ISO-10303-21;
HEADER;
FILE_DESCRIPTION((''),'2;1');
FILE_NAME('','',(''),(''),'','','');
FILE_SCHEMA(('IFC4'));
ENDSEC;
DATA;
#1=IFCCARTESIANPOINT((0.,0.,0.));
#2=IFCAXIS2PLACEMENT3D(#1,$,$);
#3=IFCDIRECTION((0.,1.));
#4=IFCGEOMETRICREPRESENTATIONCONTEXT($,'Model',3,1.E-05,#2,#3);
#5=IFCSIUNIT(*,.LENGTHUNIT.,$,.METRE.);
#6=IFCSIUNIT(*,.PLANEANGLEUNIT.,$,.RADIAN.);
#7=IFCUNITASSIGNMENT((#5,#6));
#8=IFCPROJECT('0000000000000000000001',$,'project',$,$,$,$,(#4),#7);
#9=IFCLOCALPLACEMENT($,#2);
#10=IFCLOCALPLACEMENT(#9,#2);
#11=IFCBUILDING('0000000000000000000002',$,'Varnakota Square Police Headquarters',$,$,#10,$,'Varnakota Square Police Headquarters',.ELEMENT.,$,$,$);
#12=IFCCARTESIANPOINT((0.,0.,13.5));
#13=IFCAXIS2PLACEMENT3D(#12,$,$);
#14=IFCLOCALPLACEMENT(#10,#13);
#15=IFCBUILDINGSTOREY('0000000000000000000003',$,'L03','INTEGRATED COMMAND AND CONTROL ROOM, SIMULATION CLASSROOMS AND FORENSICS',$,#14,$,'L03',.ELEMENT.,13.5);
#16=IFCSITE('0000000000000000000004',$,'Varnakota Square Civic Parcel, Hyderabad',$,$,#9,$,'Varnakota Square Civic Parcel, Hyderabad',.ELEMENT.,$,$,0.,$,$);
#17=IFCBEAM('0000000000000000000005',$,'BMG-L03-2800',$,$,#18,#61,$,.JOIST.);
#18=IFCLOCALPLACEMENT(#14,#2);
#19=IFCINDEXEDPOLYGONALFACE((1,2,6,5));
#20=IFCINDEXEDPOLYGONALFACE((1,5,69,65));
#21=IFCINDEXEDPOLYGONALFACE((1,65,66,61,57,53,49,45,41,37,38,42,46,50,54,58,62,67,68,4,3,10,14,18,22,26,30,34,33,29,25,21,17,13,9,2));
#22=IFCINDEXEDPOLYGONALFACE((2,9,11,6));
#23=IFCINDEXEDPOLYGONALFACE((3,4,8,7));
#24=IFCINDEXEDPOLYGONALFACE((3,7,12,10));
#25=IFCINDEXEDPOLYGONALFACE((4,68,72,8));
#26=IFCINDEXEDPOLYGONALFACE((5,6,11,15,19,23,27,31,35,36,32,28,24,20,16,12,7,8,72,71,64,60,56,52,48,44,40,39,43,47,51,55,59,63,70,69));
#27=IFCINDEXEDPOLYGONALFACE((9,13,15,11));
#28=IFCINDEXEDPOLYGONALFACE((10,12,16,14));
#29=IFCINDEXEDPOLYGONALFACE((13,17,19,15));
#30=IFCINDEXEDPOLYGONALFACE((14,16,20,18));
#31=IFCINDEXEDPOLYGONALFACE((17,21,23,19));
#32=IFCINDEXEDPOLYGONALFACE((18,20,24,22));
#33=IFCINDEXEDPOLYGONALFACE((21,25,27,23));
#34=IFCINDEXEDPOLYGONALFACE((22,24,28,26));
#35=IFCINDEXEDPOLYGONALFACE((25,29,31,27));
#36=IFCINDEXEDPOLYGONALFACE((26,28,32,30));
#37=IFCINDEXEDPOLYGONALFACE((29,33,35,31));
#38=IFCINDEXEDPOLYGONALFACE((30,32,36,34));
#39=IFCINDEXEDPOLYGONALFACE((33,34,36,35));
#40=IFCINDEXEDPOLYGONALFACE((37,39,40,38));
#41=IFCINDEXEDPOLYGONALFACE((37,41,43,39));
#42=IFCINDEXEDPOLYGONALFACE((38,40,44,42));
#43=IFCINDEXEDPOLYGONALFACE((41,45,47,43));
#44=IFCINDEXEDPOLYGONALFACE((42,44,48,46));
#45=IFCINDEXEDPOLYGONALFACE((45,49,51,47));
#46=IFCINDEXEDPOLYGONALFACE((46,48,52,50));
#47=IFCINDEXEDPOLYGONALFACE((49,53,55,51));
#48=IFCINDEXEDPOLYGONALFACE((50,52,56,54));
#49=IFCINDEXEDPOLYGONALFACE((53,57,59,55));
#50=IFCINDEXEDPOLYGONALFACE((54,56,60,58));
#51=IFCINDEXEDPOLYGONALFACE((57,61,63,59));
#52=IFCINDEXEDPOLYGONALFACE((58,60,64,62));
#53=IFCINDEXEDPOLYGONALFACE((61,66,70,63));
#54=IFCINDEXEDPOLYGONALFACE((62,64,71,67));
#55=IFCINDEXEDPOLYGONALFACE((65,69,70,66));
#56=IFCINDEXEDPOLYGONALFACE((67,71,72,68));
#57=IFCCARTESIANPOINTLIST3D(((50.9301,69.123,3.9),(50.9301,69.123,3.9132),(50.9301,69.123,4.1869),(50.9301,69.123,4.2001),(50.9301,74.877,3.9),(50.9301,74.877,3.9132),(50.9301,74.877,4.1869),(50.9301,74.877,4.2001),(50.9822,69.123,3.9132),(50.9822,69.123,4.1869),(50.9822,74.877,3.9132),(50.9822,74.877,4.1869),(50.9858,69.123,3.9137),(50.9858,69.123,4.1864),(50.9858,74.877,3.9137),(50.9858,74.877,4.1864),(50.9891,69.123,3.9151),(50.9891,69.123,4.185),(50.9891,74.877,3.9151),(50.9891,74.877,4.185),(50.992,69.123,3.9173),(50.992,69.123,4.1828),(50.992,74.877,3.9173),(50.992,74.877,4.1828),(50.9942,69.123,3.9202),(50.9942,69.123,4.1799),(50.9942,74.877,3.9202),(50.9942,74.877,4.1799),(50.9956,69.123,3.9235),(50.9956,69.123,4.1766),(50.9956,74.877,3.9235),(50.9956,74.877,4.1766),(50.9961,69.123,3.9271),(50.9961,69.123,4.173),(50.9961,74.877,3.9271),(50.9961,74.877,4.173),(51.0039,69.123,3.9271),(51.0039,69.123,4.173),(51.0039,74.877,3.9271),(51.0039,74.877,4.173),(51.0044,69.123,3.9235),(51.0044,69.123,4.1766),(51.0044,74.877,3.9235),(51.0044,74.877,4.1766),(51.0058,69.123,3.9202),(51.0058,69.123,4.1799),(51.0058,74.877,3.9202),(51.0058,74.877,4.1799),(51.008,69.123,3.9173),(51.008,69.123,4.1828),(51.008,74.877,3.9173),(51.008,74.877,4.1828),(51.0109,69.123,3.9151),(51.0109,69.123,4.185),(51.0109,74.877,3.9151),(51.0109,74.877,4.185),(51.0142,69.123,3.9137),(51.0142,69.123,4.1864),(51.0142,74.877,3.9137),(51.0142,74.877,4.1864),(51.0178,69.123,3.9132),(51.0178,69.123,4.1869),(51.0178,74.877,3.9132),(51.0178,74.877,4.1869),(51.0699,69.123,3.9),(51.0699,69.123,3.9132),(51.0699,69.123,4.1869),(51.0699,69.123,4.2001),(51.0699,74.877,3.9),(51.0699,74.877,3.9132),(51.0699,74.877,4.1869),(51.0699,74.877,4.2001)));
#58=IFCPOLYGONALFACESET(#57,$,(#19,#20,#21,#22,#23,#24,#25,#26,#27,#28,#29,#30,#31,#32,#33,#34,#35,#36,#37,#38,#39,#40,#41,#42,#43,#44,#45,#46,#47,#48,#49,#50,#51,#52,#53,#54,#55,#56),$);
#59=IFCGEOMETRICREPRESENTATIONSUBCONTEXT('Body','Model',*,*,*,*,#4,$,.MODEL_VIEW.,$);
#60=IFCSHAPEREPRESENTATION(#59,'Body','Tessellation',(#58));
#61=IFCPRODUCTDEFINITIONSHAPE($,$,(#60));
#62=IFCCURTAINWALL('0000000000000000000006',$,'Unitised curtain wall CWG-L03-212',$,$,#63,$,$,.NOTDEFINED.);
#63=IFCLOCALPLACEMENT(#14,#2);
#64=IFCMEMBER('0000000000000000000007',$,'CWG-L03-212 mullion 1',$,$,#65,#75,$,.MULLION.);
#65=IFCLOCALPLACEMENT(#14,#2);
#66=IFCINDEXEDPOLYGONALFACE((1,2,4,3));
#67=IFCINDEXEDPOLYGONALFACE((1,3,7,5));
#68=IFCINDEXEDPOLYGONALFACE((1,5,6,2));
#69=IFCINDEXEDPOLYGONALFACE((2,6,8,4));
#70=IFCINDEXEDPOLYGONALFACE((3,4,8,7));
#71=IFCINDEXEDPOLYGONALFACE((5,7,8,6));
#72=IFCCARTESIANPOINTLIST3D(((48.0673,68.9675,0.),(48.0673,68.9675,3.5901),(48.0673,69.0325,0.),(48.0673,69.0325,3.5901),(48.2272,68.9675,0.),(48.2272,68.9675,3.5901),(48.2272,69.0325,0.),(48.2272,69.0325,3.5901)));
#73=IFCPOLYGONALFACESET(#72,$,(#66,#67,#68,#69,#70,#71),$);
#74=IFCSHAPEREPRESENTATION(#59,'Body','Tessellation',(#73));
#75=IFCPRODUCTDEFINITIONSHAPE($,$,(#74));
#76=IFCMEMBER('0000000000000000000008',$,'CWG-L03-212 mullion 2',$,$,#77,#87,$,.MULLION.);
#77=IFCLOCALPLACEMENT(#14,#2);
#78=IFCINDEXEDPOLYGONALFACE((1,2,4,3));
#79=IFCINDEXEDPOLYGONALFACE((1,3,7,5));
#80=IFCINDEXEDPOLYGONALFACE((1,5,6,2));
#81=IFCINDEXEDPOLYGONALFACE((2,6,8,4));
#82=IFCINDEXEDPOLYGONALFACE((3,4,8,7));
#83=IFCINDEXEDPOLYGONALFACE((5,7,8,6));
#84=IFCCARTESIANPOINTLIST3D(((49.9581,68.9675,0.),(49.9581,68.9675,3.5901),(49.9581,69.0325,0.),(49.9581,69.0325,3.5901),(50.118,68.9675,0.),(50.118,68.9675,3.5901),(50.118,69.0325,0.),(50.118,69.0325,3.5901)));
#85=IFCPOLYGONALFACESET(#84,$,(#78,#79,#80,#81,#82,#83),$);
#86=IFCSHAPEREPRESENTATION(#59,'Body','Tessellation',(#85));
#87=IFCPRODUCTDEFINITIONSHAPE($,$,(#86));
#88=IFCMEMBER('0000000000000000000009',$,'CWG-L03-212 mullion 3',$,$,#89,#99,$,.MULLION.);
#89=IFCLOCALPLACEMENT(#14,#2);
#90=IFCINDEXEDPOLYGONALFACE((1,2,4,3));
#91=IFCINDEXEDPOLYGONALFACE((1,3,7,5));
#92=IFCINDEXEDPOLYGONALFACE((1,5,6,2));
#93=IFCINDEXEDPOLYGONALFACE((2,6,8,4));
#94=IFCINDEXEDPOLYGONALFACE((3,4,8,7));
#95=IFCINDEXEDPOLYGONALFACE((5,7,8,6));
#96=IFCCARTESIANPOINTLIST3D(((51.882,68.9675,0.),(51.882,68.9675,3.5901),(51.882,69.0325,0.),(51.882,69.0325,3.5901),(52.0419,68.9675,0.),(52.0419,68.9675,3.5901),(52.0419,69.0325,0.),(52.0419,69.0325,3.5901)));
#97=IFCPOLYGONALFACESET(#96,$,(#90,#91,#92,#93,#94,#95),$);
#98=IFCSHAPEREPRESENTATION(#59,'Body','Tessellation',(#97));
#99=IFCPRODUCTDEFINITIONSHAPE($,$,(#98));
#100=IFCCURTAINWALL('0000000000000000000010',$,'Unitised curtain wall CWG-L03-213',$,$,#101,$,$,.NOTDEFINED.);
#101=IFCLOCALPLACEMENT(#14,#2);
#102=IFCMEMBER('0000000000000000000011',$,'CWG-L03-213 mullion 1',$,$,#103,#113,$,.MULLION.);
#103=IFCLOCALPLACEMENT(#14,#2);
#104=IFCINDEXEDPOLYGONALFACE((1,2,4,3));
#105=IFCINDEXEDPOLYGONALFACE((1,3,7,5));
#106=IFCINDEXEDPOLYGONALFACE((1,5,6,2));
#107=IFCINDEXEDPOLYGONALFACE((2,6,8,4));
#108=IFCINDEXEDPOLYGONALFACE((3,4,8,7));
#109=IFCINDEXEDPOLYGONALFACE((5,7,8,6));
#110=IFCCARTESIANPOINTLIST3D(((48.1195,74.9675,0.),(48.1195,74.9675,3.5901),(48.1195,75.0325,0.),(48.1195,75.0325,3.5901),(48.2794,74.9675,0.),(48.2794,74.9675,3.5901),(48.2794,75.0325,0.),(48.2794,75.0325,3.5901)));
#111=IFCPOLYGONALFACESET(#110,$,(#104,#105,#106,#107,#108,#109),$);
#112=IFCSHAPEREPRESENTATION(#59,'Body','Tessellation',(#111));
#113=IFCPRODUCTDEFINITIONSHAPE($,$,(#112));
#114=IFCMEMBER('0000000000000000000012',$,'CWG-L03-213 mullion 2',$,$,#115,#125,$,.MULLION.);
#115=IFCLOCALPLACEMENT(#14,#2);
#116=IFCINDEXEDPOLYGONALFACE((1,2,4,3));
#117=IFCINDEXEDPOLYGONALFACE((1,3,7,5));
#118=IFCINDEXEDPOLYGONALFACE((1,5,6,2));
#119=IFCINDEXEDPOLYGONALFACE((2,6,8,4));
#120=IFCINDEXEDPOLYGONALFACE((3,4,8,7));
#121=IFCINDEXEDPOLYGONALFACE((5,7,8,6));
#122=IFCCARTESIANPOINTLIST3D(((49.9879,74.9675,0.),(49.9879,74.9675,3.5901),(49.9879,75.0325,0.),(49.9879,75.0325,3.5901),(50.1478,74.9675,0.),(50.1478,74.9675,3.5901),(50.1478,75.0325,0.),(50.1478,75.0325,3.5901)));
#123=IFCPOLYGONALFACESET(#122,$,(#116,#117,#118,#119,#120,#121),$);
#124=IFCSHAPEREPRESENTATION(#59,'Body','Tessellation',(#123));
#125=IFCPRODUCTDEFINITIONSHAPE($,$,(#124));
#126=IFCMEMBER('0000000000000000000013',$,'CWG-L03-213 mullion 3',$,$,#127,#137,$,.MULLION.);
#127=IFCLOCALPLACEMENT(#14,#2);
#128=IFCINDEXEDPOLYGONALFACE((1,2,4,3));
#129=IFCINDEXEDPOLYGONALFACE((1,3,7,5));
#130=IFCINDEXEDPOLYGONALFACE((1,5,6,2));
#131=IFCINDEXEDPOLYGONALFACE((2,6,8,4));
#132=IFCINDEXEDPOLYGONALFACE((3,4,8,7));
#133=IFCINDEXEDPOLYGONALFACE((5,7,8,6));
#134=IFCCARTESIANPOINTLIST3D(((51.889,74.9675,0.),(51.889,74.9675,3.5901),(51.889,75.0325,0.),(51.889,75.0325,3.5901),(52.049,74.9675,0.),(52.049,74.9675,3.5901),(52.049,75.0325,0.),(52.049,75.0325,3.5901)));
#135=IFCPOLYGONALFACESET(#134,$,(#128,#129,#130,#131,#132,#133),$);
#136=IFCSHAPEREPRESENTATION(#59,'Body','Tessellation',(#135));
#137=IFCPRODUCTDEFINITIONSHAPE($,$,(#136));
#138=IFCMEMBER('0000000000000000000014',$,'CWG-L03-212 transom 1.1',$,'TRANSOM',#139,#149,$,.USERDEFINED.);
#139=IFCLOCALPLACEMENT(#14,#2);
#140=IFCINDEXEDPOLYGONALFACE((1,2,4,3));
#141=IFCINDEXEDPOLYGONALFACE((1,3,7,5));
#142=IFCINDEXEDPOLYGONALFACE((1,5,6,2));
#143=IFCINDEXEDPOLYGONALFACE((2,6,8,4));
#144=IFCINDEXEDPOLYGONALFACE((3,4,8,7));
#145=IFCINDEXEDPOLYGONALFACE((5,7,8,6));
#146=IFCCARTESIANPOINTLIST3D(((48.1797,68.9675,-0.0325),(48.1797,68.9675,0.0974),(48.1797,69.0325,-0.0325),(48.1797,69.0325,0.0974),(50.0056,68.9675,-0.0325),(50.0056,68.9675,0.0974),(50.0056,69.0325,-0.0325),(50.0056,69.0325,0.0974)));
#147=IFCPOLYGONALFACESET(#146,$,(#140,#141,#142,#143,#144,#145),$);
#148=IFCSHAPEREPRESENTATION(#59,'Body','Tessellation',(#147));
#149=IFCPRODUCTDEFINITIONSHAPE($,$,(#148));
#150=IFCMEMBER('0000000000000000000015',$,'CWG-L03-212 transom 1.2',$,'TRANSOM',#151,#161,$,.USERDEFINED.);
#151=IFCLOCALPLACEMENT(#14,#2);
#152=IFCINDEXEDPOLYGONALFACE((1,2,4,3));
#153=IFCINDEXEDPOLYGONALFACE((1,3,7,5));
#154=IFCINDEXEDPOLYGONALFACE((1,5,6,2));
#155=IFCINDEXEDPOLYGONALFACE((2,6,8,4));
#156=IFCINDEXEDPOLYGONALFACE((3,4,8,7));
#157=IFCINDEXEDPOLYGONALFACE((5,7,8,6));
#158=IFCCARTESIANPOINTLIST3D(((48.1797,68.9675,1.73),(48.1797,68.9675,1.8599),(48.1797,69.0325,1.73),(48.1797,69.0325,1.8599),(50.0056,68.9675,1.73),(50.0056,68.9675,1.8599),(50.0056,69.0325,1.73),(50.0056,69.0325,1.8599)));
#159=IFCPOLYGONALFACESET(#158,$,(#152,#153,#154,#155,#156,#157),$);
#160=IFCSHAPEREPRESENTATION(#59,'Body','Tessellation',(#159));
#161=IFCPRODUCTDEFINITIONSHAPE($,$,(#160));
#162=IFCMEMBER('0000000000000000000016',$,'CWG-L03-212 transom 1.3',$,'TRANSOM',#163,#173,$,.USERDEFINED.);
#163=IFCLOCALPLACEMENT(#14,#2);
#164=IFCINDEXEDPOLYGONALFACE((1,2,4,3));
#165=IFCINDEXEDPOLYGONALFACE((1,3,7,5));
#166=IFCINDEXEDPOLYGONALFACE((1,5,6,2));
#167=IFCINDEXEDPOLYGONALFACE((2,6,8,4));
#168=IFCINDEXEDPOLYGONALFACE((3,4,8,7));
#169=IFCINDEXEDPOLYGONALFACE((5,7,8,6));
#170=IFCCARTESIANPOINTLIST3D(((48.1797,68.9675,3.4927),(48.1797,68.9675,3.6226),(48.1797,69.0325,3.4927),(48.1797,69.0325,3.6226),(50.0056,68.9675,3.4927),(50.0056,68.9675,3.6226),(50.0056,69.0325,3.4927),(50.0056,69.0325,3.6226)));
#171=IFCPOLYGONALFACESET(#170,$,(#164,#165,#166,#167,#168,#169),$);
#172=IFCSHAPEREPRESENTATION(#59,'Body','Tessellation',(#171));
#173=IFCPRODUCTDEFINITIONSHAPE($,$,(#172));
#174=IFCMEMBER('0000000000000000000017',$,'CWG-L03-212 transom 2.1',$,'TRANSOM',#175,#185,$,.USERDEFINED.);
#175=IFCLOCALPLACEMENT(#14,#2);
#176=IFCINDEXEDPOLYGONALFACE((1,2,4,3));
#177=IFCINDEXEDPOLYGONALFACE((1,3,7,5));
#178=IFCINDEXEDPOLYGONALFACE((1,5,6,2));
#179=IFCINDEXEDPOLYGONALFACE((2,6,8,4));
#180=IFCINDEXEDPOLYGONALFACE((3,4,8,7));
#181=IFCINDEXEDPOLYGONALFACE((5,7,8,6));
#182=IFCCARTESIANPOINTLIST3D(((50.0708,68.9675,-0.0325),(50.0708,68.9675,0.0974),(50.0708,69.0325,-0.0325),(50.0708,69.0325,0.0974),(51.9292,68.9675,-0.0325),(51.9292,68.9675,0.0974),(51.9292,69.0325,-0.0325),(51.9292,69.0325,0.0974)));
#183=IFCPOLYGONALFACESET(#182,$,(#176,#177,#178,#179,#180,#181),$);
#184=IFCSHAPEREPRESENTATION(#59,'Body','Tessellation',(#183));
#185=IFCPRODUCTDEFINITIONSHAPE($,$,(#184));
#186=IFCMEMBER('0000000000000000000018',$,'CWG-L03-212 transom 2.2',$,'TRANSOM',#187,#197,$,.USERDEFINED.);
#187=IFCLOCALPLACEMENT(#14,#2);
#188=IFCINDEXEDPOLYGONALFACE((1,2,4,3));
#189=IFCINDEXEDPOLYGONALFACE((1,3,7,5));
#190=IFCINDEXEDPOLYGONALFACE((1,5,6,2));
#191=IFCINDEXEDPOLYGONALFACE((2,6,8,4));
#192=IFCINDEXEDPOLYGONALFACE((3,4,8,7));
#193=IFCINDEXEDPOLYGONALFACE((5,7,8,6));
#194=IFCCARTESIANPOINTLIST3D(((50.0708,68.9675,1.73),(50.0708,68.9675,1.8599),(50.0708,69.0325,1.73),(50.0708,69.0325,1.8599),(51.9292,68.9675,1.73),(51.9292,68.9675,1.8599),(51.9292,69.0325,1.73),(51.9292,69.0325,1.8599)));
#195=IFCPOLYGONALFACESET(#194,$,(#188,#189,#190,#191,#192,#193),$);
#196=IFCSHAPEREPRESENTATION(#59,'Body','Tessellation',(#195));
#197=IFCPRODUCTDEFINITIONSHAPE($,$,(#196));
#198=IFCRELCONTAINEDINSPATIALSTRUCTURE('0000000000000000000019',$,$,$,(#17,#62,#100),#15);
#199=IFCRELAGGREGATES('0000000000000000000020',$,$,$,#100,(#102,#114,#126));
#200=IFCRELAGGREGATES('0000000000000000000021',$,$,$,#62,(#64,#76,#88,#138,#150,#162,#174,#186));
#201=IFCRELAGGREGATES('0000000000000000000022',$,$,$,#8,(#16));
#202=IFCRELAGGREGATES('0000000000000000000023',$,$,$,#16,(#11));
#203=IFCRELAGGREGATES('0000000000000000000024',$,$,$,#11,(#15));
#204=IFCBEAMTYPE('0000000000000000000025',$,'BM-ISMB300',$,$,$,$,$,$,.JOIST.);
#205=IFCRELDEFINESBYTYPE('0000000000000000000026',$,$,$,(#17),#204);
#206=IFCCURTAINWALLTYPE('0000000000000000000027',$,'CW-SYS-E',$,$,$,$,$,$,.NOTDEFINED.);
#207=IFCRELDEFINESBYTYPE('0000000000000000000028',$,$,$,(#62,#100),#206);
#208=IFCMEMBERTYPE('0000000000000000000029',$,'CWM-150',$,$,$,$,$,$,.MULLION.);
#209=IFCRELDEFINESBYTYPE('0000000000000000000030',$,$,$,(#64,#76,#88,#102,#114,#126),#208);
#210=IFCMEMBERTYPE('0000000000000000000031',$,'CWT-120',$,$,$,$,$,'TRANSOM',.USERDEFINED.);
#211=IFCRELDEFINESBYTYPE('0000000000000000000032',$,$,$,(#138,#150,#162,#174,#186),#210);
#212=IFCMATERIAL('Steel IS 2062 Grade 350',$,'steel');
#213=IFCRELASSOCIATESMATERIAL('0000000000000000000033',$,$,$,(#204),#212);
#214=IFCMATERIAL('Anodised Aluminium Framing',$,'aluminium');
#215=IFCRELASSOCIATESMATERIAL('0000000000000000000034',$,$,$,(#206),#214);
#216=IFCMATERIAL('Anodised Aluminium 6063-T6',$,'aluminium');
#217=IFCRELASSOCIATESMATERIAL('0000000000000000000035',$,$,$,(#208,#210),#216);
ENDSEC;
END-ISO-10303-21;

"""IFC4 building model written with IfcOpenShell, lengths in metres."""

from ifc_helpers import new_model, si_unit, direction, frame, origin, origin_2d, place, context, subcontext, project, spatial, rectangle, i_section, extrude, material, material_profile, profile_set, type_object, element, aggregate, save


model = new_model("IFC4")

# Units and contexts
model_context = context("Model", 3, precision=1e-05, world=origin(), true_north=direction((0.0, 1.0)))
body_context = subcontext(model_context, "Body", "Model", "MODEL_VIEW")
ifc_project = project(units=[si_unit("LENGTHUNIT", "METRE"), si_unit("PLANEANGLEUNIT", "RADIAN")], contexts=[model_context])

# Site, building, storey
site_placement = place(None, origin())
site = spatial("IfcSite", under=ifc_project, at=site_placement, Name="Varnakota Square Civic Parcel, Hyderabad", LongName="Varnakota Square Civic Parcel, Hyderabad", CompositionType="ELEMENT", RefElevation=0.0)
building_placement = place(site_placement, origin())
building = spatial("IfcBuilding", under=site, at=building_placement, Name="Varnakota Square Police Headquarters", LongName="Varnakota Square Police Headquarters", CompositionType="ELEMENT")
storey_placement = place(building_placement, frame((0.0, 0.0, 13.5)))
storey = spatial("IfcBuildingStorey", under=building, at=storey_placement, Name="L03", Description="INTEGRATED COMMAND AND CONTROL ROOM, SIMULATION CLASSROOMS AND FORENSICS", LongName="L03", CompositionType="ELEMENT", Elevation=13.5)

# Beam
ifc_material_1 = material(Name="Steel IS 2062 Grade 350", Category="steel")
ifc_material_profile_1 = material_profile(ifc_material_1, i_section(OverallWidth=0.1399, OverallDepth=0.3, WebThickness=0.0078, FlangeThickness=0.0132, FilletRadius=0.0139, at=origin_2d()), Name="ISMB 300")
ifc_profile_set_1 = profile_set([ifc_material_profile_1], Name="Steel IS 2062 Grade 350")
beam_type = type_object("IfcBeamType", Name="BM-ISMB300", PredefinedType="JOIST", material=ifc_profile_set_1)
beam_placement = place(storey_placement, frame((51.0, 69.123, 4.05), z_axis=(0.0, 1.0, 0.0), x_axis=(-1.0, 0.0, 0.0)))
element("IfcBeam", 1, at=beam_placement, inside=storey, type_object=beam_type, Name="BMG-L03-2800", PredefinedType="JOIST", context=body_context, shape_type="SweptSolid", body=[
    extrude(i_section(OverallWidth=0.1399, OverallDepth=0.3, WebThickness=0.0078, FlangeThickness=0.0132, FilletRadius=0.0139, at=origin_2d()), origin(), (0.0, 0.0, 1.0), 5.7539),
])

# Curtain walls, members
ifc_material_2 = material(Name="Anodised Aluminium Framing", Category="aluminium")
curtain_wall_type = type_object("IfcCurtainWallType", Name="CW-SYS-E", PredefinedType="NOTDEFINED", material=ifc_material_2)
curtain_wall_1_placement = place(storey_placement, origin())
curtain_wall_1 = element("IfcCurtainWall", 2, at=curtain_wall_1_placement, inside=storey, type_object=curtain_wall_type, Name="Unitised curtain wall CWG-L03-212", PredefinedType="NOTDEFINED")
ifc_material_3 = material(Name="Anodised Aluminium 6063-T6", Category="aluminium")
ifc_material_profile_2 = material_profile(ifc_material_3, rectangle(XDim=0.0649, YDim=0.1599, at=origin_2d()), Name="ALU MULLION 65x160")
ifc_profile_set_2 = profile_set([ifc_material_profile_2], Name="Anodised Aluminium 6063-T6")
member_type_1 = type_object("IfcMemberType", Name="CWM-150", PredefinedType="MULLION", material=ifc_profile_set_2)
member_1_placement = place(storey_placement, frame((48.1472, 69.0, 0.0), z_axis=(0.0, 0.0, 1.0), x_axis=(0.0, 1.0, 0.0)))
member_1 = element("IfcMember", 3, at=member_1_placement, type_object=member_type_1, Name="CWG-L03-212 mullion 1", PredefinedType="MULLION", context=body_context, shape_type="SweptSolid", body=[
    extrude(rectangle(XDim=0.0649, YDim=0.1599, at=origin_2d()), origin(), (0.0, 0.0, 1.0), 3.5901),
])
member_2_placement = place(storey_placement, frame((50.0381, 69.0, 0.0), z_axis=(0.0, 0.0, 1.0), x_axis=(0.0, 1.0, 0.0)))
member_2 = element("IfcMember", 4, at=member_2_placement, type_object=member_type_1, Name="CWG-L03-212 mullion 2", PredefinedType="MULLION", context=body_context, shape_type="SweptSolid", body=[
    extrude(rectangle(XDim=0.0649, YDim=0.1599, at=origin_2d()), origin(), (0.0, 0.0, 1.0), 3.5901),
])
member_3_placement = place(storey_placement, frame((51.9619, 69.0, 0.0), z_axis=(0.0, 0.0, 1.0), x_axis=(0.0, 1.0, 0.0)))
member_3 = element("IfcMember", 5, at=member_3_placement, type_object=member_type_1, Name="CWG-L03-212 mullion 3", PredefinedType="MULLION", context=body_context, shape_type="SweptSolid", body=[
    extrude(rectangle(XDim=0.0649, YDim=0.1599, at=origin_2d()), origin(), (0.0, 0.0, 1.0), 3.5901),
])
curtain_wall_2_placement = place(storey_placement, origin())
curtain_wall_2 = element("IfcCurtainWall", 6, at=curtain_wall_2_placement, inside=storey, type_object=curtain_wall_type, Name="Unitised curtain wall CWG-L03-213", PredefinedType="NOTDEFINED")
member_4_placement = place(storey_placement, frame((48.1995, 75.0, 0.0), z_axis=(0.0, 0.0, 1.0), x_axis=(0.0, 1.0, 0.0)))
member_4 = element("IfcMember", 7, at=member_4_placement, type_object=member_type_1, Name="CWG-L03-213 mullion 1", PredefinedType="MULLION", context=body_context, shape_type="SweptSolid", body=[
    extrude(rectangle(XDim=0.0649, YDim=0.1599, at=origin_2d()), origin(), (0.0, 0.0, 1.0), 3.5901),
])
member_5_placement = place(storey_placement, frame((50.0679, 75.0, 0.0), z_axis=(0.0, 0.0, 1.0), x_axis=(0.0, 1.0, 0.0)))
member_5 = element("IfcMember", 8, at=member_5_placement, type_object=member_type_1, Name="CWG-L03-213 mullion 2", PredefinedType="MULLION", context=body_context, shape_type="SweptSolid", body=[
    extrude(rectangle(XDim=0.0649, YDim=0.1599, at=origin_2d()), origin(), (0.0, 0.0, 1.0), 3.5901),
])
member_6_placement = place(storey_placement, frame((51.969, 75.0, 0.0), z_axis=(0.0, 0.0, 1.0), x_axis=(0.0, 1.0, 0.0)))
member_6 = element("IfcMember", 9, at=member_6_placement, type_object=member_type_1, Name="CWG-L03-213 mullion 3", PredefinedType="MULLION", context=body_context, shape_type="SweptSolid", body=[
    extrude(rectangle(XDim=0.0649, YDim=0.1599, at=origin_2d()), origin(), (0.0, 0.0, 1.0), 3.5901),
])

# Members
ifc_material_profile_3 = material_profile(ifc_material_3, rectangle(XDim=0.0649, YDim=0.1299, at=origin_2d()), Name="ALU TRANSOM 65x130")
ifc_profile_set_3 = profile_set([ifc_material_profile_3], Name="Anodised Aluminium 6063-T6")
member_type_2 = type_object("IfcMemberType", Name="CWT-120", ElementType="TRANSOM", PredefinedType="USERDEFINED", material=ifc_profile_set_3)
member_7_placement = place(storey_placement, frame((48.1797, 69.0, 0.0325), z_axis=(1.0, 0.0, 0.0), x_axis=(0.0, 1.0, 0.0)))
member_7 = element("IfcMember", 10, at=member_7_placement, type_object=member_type_2, Name="CWG-L03-212 transom 1.1", ObjectType="TRANSOM", PredefinedType="USERDEFINED", context=body_context, shape_type="SweptSolid", body=[
    extrude(rectangle(XDim=0.0649, YDim=0.1299, at=origin_2d()), origin(), (0.0, 0.0, 1.0), 1.8259),
])
member_8_placement = place(storey_placement, frame((48.1797, 69.0, 1.7949), z_axis=(1.0, 0.0, 0.0), x_axis=(0.0, 1.0, 0.0)))
member_8 = element("IfcMember", 11, at=member_8_placement, type_object=member_type_2, Name="CWG-L03-212 transom 1.2", ObjectType="TRANSOM", PredefinedType="USERDEFINED", context=body_context, shape_type="SweptSolid", body=[
    extrude(rectangle(XDim=0.0649, YDim=0.1299, at=origin_2d()), origin(), (0.0, 0.0, 1.0), 1.8259),
])
member_9_placement = place(storey_placement, frame((48.1797, 69.0, 3.5576), z_axis=(1.0, 0.0, 0.0), x_axis=(0.0, 1.0, 0.0)))
member_9 = element("IfcMember", 12, at=member_9_placement, type_object=member_type_2, Name="CWG-L03-212 transom 1.3", ObjectType="TRANSOM", PredefinedType="USERDEFINED", context=body_context, shape_type="SweptSolid", body=[
    extrude(rectangle(XDim=0.0649, YDim=0.1299, at=origin_2d()), origin(), (0.0, 0.0, 1.0), 1.8259),
])
member_10_placement = place(storey_placement, frame((50.0708, 69.0, 0.0325), z_axis=(1.0, 0.0, 0.0), x_axis=(0.0, 1.0, 0.0)))
member_10 = element("IfcMember", 13, at=member_10_placement, type_object=member_type_2, Name="CWG-L03-212 transom 2.1", ObjectType="TRANSOM", PredefinedType="USERDEFINED", context=body_context, shape_type="SweptSolid", body=[
    extrude(rectangle(XDim=0.0649, YDim=0.1299, at=origin_2d()), origin(), (0.0, 0.0, 1.0), 1.8584),
])
member_11_placement = place(storey_placement, frame((50.0708, 69.0, 1.7949), z_axis=(1.0, 0.0, 0.0), x_axis=(0.0, 1.0, 0.0)))
member_11 = element("IfcMember", 14, at=member_11_placement, type_object=member_type_2, Name="CWG-L03-212 transom 2.2", ObjectType="TRANSOM", PredefinedType="USERDEFINED", context=body_context, shape_type="SweptSolid", body=[
    extrude(rectangle(XDim=0.0649, YDim=0.1299, at=origin_2d()), origin(), (0.0, 0.0, 1.0), 1.8584),
])

aggregate(curtain_wall_2, [member_4, member_5, member_6])
aggregate(curtain_wall_1, [member_1, member_2, member_3, member_7, member_8, member_9, member_10, member_11])

save(model, "model.ifc")
